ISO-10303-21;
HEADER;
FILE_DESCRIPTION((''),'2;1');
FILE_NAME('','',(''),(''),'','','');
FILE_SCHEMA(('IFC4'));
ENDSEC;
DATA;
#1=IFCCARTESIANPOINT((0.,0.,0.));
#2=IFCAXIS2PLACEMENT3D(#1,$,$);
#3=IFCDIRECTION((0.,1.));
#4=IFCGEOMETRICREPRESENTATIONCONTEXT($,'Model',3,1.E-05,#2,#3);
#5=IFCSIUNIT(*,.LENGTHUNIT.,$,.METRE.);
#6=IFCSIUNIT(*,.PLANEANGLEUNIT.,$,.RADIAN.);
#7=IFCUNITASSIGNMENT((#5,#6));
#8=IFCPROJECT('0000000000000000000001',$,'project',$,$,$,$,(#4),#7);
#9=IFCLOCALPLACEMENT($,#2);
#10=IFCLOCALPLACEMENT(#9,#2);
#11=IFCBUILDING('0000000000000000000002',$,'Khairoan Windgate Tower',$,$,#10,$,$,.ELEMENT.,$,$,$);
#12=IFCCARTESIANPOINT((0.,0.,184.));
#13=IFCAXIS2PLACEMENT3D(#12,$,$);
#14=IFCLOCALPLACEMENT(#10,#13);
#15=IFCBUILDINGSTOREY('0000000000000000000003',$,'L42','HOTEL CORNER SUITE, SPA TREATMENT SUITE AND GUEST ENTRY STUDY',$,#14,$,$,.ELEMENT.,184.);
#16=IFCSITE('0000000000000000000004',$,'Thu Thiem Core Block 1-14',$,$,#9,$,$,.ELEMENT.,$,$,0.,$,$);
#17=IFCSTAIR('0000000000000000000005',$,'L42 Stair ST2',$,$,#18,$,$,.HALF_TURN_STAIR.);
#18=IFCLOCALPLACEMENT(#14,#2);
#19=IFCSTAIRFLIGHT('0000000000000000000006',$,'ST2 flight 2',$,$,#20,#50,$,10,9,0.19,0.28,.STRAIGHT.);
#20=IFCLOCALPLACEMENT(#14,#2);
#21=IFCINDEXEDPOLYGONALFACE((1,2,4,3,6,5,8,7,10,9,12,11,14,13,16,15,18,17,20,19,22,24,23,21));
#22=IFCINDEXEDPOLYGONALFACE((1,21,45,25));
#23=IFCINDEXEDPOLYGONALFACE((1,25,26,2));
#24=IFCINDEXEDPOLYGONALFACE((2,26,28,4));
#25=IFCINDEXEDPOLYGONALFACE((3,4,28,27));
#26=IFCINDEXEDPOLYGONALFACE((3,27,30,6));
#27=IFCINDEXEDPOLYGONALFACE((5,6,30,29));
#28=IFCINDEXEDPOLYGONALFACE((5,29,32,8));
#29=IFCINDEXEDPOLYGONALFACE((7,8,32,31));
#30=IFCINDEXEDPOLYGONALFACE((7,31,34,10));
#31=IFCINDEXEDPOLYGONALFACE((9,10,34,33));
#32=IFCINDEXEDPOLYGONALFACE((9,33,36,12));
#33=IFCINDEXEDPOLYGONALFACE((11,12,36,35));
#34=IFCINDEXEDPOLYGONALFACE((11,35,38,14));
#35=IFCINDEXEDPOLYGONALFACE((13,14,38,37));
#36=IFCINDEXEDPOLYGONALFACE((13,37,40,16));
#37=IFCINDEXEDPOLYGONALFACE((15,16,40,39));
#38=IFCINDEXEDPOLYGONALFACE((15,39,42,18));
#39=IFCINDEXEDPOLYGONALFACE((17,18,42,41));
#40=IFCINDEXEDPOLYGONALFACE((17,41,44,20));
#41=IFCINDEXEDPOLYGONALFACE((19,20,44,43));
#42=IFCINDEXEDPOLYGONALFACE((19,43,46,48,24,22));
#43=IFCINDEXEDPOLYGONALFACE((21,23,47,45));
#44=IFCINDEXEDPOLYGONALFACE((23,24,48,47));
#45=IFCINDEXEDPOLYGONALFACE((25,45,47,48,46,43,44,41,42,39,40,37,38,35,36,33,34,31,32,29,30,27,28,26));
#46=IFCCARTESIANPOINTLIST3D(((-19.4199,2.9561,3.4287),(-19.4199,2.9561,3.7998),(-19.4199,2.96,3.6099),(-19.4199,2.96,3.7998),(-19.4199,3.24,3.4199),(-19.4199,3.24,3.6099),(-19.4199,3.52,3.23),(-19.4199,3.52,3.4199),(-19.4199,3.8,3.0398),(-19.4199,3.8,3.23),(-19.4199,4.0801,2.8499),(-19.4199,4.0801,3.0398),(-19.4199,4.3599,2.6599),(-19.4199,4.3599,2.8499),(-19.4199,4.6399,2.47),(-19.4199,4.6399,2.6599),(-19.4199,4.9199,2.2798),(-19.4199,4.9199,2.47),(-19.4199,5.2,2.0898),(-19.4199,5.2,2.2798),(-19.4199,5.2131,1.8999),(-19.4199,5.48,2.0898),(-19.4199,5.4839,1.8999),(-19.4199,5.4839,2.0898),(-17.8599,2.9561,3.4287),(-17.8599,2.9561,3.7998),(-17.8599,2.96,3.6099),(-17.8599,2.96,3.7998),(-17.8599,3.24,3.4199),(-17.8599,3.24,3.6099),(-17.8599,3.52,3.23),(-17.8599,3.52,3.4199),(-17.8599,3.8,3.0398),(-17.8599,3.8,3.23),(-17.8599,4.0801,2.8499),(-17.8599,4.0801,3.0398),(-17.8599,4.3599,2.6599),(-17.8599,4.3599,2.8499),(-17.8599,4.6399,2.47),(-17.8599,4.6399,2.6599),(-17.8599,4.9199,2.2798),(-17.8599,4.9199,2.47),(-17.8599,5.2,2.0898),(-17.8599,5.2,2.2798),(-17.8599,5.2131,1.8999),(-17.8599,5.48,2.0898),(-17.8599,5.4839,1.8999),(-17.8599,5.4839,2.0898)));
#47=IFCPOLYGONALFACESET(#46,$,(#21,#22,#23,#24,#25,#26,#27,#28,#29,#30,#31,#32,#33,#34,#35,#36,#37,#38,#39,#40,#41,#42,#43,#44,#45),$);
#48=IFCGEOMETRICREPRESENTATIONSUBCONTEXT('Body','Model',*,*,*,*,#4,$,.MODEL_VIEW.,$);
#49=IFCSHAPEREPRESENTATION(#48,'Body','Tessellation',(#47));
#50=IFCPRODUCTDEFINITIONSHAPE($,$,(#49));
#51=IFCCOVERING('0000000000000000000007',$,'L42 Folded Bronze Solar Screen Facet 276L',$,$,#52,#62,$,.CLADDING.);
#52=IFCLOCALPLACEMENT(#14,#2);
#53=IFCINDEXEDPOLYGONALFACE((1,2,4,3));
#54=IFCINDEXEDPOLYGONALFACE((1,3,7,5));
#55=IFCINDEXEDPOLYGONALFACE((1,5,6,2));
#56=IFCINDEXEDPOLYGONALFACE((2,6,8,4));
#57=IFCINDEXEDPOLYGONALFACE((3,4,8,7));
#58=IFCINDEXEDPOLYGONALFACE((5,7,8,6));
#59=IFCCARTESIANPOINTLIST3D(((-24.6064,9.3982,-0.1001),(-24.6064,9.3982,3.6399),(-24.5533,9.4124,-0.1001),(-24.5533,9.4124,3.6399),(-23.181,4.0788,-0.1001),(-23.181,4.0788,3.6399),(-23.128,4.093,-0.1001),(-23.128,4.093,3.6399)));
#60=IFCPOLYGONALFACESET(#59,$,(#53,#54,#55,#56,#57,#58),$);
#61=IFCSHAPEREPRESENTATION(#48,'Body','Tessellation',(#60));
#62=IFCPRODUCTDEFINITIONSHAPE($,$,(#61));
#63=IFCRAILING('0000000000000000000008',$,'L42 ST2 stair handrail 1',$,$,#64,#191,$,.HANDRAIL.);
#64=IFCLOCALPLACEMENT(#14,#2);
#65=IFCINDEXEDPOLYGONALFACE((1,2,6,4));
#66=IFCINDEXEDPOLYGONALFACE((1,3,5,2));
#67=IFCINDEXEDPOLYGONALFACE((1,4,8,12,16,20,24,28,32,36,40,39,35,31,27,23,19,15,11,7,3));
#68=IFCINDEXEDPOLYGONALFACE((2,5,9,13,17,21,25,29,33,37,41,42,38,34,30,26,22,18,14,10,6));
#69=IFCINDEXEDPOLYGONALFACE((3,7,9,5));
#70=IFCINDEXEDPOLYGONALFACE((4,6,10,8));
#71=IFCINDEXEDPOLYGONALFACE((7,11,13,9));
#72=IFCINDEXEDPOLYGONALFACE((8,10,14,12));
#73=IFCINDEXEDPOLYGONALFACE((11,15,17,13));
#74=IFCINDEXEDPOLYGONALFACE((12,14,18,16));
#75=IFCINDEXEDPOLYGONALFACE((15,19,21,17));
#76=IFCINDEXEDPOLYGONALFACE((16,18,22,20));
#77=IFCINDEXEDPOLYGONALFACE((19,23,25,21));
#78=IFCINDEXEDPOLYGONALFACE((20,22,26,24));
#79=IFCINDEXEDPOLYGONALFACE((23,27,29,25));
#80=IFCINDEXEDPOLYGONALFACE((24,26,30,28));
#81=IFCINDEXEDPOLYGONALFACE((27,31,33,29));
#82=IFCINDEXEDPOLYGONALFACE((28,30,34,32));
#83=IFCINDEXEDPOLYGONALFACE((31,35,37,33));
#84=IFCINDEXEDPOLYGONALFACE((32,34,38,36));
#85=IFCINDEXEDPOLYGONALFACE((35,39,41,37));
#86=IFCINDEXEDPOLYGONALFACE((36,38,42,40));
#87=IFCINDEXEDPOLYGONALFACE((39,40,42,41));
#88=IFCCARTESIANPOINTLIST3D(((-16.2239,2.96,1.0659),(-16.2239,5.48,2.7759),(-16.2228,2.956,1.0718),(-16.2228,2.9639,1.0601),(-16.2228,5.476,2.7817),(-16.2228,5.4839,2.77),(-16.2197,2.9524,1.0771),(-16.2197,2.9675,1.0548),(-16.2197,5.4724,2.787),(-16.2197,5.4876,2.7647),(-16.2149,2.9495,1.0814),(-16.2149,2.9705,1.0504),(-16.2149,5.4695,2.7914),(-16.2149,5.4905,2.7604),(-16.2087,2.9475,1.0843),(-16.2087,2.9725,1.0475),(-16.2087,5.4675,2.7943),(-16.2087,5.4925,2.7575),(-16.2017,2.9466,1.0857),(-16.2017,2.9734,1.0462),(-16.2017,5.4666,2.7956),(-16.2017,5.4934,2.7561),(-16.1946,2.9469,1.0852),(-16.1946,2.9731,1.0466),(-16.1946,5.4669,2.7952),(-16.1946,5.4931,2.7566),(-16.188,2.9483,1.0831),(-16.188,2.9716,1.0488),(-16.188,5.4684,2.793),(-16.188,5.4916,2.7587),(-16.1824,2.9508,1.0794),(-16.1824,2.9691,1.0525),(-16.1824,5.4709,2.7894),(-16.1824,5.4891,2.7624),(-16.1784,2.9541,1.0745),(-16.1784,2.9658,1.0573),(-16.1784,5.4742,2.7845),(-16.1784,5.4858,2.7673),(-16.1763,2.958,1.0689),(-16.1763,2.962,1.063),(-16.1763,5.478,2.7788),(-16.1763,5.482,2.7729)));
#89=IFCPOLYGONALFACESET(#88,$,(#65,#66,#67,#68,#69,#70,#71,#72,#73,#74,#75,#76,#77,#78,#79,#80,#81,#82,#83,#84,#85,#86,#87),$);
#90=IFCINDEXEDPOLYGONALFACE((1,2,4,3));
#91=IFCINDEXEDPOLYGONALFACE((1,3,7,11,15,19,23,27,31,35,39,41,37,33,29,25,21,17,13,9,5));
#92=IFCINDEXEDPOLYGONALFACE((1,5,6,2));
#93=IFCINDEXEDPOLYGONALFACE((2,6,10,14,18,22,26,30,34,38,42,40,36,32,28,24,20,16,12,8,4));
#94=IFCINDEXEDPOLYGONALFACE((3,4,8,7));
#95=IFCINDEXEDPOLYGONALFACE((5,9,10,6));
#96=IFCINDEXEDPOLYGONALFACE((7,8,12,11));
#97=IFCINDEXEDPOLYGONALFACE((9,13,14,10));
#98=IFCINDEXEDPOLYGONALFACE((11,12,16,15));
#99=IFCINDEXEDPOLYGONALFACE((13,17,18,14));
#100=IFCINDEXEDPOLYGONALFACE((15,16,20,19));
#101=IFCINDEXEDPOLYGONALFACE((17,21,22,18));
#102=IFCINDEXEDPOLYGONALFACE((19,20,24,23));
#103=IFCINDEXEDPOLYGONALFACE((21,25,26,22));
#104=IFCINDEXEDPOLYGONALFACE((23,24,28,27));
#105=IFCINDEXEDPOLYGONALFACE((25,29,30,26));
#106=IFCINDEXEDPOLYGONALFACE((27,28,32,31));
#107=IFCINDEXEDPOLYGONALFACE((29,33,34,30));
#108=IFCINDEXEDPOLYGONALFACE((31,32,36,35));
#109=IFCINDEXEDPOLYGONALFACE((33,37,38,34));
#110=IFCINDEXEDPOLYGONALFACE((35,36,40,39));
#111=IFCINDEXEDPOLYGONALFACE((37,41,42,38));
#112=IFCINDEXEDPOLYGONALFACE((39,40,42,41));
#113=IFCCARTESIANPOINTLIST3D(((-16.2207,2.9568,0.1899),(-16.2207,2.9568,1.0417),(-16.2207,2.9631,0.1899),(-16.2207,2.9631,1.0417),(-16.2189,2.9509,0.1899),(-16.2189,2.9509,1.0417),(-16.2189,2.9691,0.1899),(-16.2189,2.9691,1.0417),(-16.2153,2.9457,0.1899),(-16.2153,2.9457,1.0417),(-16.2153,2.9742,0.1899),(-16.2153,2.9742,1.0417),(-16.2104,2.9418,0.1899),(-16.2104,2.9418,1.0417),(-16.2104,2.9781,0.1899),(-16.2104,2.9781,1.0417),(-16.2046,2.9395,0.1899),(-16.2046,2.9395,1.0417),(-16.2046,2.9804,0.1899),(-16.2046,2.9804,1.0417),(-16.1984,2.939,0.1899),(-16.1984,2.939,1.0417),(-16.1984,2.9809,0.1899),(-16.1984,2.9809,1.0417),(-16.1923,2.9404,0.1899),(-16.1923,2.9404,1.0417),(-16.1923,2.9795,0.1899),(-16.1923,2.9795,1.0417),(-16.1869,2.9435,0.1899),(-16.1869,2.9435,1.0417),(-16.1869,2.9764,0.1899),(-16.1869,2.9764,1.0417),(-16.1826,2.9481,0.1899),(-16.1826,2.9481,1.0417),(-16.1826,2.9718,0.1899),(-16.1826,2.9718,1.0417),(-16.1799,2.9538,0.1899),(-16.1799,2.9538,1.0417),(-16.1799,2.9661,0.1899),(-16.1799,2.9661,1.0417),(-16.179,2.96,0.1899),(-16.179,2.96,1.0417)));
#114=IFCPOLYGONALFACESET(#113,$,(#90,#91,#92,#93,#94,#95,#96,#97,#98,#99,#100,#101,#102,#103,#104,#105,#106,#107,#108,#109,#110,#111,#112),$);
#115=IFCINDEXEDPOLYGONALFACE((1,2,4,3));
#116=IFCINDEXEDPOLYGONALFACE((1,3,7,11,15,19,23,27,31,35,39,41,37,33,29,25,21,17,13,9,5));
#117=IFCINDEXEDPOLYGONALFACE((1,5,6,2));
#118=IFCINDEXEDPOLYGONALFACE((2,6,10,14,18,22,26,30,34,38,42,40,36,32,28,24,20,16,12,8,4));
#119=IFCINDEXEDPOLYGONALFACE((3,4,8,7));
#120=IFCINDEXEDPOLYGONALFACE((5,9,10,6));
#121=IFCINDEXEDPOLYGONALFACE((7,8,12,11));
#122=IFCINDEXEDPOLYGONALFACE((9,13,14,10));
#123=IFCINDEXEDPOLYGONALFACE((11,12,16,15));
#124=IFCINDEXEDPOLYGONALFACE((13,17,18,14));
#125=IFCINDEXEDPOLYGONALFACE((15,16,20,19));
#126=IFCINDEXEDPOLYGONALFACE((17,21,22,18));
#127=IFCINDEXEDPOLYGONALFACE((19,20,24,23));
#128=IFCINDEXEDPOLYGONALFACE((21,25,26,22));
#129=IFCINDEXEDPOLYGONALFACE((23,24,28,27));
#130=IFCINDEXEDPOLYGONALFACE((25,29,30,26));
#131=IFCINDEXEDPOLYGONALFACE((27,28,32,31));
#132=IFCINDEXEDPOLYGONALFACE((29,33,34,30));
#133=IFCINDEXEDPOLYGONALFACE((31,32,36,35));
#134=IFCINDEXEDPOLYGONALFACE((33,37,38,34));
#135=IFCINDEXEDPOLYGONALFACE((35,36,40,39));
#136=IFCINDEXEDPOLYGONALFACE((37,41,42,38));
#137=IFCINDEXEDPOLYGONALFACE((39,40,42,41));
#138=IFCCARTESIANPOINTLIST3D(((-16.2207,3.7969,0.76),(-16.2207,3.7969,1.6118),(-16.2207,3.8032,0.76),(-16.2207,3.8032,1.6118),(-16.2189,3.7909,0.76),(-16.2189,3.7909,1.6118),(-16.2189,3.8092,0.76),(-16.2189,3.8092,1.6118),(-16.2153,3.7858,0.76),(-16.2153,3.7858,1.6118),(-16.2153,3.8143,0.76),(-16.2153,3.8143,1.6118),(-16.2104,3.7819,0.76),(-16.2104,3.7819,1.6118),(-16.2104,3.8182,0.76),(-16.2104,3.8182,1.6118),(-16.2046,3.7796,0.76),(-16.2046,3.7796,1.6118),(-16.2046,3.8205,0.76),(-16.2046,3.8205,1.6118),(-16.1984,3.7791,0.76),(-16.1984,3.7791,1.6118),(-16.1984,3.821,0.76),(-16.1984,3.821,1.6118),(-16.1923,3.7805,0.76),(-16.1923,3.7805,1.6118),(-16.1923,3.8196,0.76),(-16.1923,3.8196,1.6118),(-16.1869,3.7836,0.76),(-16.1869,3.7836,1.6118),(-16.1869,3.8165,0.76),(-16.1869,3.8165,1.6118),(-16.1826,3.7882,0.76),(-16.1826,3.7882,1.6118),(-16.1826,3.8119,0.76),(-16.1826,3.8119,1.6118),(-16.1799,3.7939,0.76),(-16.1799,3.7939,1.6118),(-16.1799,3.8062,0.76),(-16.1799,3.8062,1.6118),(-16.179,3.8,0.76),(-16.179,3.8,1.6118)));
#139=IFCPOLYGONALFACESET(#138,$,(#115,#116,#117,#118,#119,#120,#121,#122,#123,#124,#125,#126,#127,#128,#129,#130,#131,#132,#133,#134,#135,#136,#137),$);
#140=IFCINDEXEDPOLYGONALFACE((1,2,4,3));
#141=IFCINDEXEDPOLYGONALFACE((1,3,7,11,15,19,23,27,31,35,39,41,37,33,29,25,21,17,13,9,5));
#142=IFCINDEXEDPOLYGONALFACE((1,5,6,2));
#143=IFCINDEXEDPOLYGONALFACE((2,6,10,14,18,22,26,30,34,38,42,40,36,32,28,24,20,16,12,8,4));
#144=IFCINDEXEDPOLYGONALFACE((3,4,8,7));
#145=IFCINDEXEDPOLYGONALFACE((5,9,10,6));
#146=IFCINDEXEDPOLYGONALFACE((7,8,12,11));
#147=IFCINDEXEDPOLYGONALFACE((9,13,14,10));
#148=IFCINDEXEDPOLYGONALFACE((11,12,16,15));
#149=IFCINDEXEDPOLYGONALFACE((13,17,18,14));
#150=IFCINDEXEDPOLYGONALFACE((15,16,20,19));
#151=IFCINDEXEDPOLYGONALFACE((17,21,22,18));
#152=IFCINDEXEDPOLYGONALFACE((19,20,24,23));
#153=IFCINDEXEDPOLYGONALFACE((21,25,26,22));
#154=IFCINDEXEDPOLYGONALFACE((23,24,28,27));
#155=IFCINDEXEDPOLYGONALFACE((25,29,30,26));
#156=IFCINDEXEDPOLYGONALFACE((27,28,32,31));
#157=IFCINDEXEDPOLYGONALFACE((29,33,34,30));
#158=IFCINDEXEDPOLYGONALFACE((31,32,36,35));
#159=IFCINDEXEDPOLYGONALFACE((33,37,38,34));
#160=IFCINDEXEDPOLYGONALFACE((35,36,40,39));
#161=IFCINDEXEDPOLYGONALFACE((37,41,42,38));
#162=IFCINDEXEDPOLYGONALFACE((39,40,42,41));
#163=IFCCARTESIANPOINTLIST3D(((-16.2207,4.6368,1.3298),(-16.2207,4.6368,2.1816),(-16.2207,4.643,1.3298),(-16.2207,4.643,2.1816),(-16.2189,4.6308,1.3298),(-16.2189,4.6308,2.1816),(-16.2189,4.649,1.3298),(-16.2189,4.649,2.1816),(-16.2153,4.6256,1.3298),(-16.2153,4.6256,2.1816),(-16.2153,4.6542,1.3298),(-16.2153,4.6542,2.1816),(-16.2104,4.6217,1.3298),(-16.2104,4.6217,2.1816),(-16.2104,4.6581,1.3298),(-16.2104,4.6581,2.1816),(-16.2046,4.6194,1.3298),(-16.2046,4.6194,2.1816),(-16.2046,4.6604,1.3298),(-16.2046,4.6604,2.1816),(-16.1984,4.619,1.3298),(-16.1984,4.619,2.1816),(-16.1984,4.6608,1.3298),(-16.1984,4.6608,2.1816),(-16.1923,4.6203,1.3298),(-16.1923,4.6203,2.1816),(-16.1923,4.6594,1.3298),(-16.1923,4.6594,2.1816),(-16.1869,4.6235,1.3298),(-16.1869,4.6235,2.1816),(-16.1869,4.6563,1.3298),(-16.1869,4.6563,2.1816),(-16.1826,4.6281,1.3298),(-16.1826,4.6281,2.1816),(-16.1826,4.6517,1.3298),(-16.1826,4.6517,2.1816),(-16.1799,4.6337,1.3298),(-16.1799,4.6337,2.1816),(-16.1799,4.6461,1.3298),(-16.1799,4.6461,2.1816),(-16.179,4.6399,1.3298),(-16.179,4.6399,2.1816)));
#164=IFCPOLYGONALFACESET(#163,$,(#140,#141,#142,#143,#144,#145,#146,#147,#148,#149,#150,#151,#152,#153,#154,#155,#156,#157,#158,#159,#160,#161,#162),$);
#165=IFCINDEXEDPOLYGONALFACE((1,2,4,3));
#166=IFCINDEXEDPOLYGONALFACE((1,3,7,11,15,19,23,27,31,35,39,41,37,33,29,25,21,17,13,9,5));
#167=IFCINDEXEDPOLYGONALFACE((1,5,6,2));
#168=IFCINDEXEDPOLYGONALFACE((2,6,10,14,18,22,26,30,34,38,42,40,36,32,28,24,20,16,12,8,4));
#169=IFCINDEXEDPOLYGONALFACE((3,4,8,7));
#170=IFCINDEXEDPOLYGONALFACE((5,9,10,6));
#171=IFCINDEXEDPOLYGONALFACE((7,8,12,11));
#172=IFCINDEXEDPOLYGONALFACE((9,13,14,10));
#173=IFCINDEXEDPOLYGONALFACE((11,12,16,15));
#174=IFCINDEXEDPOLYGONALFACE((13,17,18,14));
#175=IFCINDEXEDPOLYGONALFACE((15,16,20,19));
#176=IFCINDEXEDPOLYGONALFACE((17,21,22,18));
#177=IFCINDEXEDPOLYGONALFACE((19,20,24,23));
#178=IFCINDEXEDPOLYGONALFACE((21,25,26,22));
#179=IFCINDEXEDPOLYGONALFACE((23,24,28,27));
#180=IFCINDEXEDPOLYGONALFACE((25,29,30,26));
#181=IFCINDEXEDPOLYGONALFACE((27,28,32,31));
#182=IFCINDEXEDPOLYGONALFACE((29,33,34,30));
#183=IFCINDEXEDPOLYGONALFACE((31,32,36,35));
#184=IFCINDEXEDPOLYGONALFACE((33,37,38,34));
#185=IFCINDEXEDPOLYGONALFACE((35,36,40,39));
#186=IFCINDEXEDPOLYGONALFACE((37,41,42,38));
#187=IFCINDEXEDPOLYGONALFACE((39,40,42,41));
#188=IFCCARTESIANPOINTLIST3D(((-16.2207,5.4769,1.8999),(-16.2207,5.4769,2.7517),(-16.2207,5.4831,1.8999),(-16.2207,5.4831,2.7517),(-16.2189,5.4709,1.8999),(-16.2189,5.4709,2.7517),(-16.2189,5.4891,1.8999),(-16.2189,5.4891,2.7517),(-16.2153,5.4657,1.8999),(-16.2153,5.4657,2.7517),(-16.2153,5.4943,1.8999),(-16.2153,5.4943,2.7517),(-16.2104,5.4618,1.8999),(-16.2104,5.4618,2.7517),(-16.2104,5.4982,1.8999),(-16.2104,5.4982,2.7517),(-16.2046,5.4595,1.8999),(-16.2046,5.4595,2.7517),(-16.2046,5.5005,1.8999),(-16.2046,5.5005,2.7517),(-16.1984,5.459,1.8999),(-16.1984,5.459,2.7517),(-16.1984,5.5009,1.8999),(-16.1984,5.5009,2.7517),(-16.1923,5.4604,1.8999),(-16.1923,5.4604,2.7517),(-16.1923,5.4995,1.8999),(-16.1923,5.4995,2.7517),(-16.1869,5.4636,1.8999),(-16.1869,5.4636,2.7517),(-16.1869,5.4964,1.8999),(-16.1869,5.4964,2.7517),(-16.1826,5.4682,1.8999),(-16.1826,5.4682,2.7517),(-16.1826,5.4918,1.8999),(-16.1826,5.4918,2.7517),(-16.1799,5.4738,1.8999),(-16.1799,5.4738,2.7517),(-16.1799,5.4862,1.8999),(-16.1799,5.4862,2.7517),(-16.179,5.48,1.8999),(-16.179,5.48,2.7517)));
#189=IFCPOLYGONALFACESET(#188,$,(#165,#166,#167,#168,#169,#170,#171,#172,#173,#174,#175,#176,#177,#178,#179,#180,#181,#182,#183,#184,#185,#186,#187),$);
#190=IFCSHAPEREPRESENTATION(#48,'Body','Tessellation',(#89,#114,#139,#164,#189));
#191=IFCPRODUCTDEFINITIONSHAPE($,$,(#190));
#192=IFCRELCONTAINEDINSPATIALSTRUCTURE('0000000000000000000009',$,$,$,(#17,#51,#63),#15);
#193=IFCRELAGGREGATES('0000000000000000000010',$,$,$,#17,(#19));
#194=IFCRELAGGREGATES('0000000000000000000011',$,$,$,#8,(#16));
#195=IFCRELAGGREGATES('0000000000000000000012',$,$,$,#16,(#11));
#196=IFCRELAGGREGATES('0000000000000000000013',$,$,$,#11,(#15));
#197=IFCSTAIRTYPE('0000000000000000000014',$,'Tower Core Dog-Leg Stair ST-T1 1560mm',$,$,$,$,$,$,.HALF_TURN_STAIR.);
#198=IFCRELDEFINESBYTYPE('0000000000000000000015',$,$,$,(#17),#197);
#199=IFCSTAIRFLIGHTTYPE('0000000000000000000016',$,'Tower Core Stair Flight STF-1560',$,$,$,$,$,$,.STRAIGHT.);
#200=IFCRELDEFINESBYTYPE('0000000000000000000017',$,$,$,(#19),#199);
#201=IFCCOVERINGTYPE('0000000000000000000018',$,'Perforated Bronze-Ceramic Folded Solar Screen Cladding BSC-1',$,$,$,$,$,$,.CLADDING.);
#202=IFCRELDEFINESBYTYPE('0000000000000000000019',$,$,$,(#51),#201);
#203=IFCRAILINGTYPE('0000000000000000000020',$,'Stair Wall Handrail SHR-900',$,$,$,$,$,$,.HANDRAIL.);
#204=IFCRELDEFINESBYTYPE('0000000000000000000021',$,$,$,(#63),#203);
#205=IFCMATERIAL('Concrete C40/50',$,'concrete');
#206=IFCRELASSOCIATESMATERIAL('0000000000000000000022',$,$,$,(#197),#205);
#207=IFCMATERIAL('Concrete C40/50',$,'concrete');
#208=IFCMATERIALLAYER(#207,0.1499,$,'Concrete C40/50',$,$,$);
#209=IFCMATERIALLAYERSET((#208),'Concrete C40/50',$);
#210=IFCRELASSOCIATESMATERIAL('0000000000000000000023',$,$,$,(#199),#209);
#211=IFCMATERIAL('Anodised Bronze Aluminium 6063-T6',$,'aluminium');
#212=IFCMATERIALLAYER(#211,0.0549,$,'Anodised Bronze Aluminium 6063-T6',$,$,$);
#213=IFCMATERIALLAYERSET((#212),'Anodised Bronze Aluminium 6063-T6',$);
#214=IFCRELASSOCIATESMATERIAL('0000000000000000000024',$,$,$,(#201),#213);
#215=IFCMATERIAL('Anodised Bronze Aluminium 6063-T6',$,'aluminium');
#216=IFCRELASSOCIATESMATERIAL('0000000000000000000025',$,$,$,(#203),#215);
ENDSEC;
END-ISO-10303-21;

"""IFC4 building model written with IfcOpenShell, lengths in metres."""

from ifc_helpers import new_model, si_unit, direction, frame, origin, origin_2d, place, context, subcontext, project, spatial, polyline, rectangle, circle, outline, extrude, material, layer, layer_set, type_object, element, aggregate, save


model = new_model("IFC4")

# Units and contexts
model_context = context("Model", 3, precision=1e-05, world=origin(), true_north=direction((0.0, 1.0)))
body_context = subcontext(model_context, "Body", "Model", "MODEL_VIEW")
ifc_project = project(units=[si_unit("LENGTHUNIT", "METRE"), si_unit("PLANEANGLEUNIT", "RADIAN")], contexts=[model_context])

# Site, building, storey
site_placement = place(None, origin())
site = spatial("IfcSite", under=ifc_project, at=site_placement, Name="Thu Thiem Core Block 1-14", CompositionType="ELEMENT", RefElevation=0.0)
building_placement = place(site_placement, origin())
building = spatial("IfcBuilding", under=site, at=building_placement, Name="Khairoan Windgate Tower", CompositionType="ELEMENT")
storey_placement = place(building_placement, frame((0.0, 0.0, 184.0)))
storey = spatial("IfcBuildingStorey", under=building, at=storey_placement, Name="L42", Description="HOTEL CORNER SUITE, SPA TREATMENT SUITE AND GUEST ENTRY STUDY", CompositionType="ELEMENT", Elevation=184.0)

# Stair, stair flight
ifc_material_1 = material(Name="Concrete C40/50", Category="concrete")
stair_type = type_object("IfcStairType", Name="Tower Core Dog-Leg Stair ST-T1 1560mm", PredefinedType="HALF_TURN_STAIR", material=ifc_material_1)
stair_placement = place(storey_placement, origin())
stair = element("IfcStair", 1, at=stair_placement, inside=storey, type_object=stair_type, Name="L42 Stair ST2", PredefinedType="HALF_TURN_STAIR")
ifc_material_2 = material(Name="Concrete C40/50", Category="concrete")
ifc_layer_1 = layer(ifc_material_2, 0.1499, Name="Concrete C40/50")
ifc_layer_set_1 = layer_set([ifc_layer_1], Name="Concrete C40/50")
stair_flight_type = type_object("IfcStairFlightType", Name="Tower Core Stair Flight STF-1560", PredefinedType="STRAIGHT", material=ifc_layer_set_1)
stair_flight_1_placement = place(storey_placement, frame((-18.6399, 5.48, 1.8999), z_axis=(0.0, 0.0, 1.0), x_axis=(0.0, -1.0, 0.0)))
stair_flight_1 = element("IfcStairFlight", 2, at=stair_flight_1_placement, type_object=stair_flight_type, Name="ST2 flight 2", NumberOfRisers=10, NumberOfTreads=9, PredefinedType="STRAIGHT", RiserHeight=0.19, TreadLength=0.28, context=body_context, shape_type="SweptSolid", body=[
    extrude(outline(polyline([(-0.0039, 0.0), (-0.0039, 0.1899), (0.0, 0.1899), (0.28, 0.1899), (0.28, 0.3799), (0.5601, 0.3799), (0.5601, 0.5701), (0.8401, 0.5701), (0.8401, 0.76), (1.1201, 0.76), (1.1201, 0.95), (1.3999, 0.95), (1.3999, 1.1399), (1.6799, 1.1399), (1.6799, 1.3301), (1.96, 1.3301), (1.96, 1.52), (2.24, 1.52), (2.24, 1.71), (2.52, 1.71), (2.52, 1.8999), (2.5239, 1.8999), (2.5239, 1.5288), (0.2668, 0.0), (-0.0039, 0.0)])), frame((0.0, 0.78, 0.0), z_axis=(0.0, -1.0, 0.0), x_axis=(1.0, 0.0, 0.0)), (0.0, 0.0, 1.0), 1.5601),
])
aggregate(stair, [stair_flight_1])

# Covering
ifc_material_3 = material(Name="Anodised Bronze Aluminium 6063-T6", Category="aluminium")
ifc_layer_2 = layer(ifc_material_3, 0.0549, Name="Anodised Bronze Aluminium 6063-T6")
ifc_layer_set_2 = layer_set([ifc_layer_2], Name="Anodised Bronze Aluminium 6063-T6")
covering_type = type_object("IfcCoveringType", Name="Perforated Bronze-Ceramic Folded Solar Screen Cladding BSC-1", PredefinedType="CLADDING", material=ifc_layer_set_2)
covering_placement = place(storey_placement, frame((-23.8672, 6.7456, -0.1001), z_axis=(0.0, 0.0, 1.0), x_axis=(-0.258819, 0.965926, 0.0)))
element("IfcCovering", 3, at=covering_placement, inside=storey, type_object=covering_type, Name="L42 Folded Bronze Solar Screen Facet 276L", PredefinedType="CLADDING", context=body_context, shape_type="SweptSolid", body=[
    extrude(rectangle(XDim=5.5071, YDim=0.0549, at=origin_2d()), origin(), (0.0, 0.0, 1.0), 3.74),
])

# Railing
ifc_material_4 = material(Name="Anodised Bronze Aluminium 6063-T6", Category="aluminium")
railing_type_1 = type_object("IfcRailingType", Name="Stair Wall Handrail SHR-900", PredefinedType="HANDRAIL", material=ifc_material_4)
railing_1_placement = place(storey_placement, frame((-16.2, 2.96, 0.1899)))
element("IfcRailing", 4, at=railing_1_placement, inside=storey, type_object=railing_type_1, Name="L42 ST2 stair handrail 1", PredefinedType="HANDRAIL", context=body_context, shape_type="SweptSolid", body=[
    extrude(circle(Radius=0.0239, at=origin_2d()), frame((0.0, 0.0, 0.876), z_axis=(0.0, 0.827484, 0.56149), x_axis=(-1.0, 0.0, 0.0)), (0.0, 0.0, 1.0), 3.0454),
    extrude(circle(Radius=0.021, at=origin_2d()), origin(), (0.0, 0.0, 1.0), 0.8518),
    extrude(circle(Radius=0.021, at=origin_2d()), frame((0.0, 0.8401, 0.5701)), (0.0, 0.0, 1.0), 0.8518),
    extrude(circle(Radius=0.021, at=origin_2d()), frame((0.0, 1.6799, 1.1399)), (0.0, 0.0, 1.0), 0.8518),
    extrude(circle(Radius=0.021, at=origin_2d()), frame((0.0, 2.52, 1.71)), (0.0, 0.0, 1.0), 0.8518),
])

save(model, "model.ifc")
